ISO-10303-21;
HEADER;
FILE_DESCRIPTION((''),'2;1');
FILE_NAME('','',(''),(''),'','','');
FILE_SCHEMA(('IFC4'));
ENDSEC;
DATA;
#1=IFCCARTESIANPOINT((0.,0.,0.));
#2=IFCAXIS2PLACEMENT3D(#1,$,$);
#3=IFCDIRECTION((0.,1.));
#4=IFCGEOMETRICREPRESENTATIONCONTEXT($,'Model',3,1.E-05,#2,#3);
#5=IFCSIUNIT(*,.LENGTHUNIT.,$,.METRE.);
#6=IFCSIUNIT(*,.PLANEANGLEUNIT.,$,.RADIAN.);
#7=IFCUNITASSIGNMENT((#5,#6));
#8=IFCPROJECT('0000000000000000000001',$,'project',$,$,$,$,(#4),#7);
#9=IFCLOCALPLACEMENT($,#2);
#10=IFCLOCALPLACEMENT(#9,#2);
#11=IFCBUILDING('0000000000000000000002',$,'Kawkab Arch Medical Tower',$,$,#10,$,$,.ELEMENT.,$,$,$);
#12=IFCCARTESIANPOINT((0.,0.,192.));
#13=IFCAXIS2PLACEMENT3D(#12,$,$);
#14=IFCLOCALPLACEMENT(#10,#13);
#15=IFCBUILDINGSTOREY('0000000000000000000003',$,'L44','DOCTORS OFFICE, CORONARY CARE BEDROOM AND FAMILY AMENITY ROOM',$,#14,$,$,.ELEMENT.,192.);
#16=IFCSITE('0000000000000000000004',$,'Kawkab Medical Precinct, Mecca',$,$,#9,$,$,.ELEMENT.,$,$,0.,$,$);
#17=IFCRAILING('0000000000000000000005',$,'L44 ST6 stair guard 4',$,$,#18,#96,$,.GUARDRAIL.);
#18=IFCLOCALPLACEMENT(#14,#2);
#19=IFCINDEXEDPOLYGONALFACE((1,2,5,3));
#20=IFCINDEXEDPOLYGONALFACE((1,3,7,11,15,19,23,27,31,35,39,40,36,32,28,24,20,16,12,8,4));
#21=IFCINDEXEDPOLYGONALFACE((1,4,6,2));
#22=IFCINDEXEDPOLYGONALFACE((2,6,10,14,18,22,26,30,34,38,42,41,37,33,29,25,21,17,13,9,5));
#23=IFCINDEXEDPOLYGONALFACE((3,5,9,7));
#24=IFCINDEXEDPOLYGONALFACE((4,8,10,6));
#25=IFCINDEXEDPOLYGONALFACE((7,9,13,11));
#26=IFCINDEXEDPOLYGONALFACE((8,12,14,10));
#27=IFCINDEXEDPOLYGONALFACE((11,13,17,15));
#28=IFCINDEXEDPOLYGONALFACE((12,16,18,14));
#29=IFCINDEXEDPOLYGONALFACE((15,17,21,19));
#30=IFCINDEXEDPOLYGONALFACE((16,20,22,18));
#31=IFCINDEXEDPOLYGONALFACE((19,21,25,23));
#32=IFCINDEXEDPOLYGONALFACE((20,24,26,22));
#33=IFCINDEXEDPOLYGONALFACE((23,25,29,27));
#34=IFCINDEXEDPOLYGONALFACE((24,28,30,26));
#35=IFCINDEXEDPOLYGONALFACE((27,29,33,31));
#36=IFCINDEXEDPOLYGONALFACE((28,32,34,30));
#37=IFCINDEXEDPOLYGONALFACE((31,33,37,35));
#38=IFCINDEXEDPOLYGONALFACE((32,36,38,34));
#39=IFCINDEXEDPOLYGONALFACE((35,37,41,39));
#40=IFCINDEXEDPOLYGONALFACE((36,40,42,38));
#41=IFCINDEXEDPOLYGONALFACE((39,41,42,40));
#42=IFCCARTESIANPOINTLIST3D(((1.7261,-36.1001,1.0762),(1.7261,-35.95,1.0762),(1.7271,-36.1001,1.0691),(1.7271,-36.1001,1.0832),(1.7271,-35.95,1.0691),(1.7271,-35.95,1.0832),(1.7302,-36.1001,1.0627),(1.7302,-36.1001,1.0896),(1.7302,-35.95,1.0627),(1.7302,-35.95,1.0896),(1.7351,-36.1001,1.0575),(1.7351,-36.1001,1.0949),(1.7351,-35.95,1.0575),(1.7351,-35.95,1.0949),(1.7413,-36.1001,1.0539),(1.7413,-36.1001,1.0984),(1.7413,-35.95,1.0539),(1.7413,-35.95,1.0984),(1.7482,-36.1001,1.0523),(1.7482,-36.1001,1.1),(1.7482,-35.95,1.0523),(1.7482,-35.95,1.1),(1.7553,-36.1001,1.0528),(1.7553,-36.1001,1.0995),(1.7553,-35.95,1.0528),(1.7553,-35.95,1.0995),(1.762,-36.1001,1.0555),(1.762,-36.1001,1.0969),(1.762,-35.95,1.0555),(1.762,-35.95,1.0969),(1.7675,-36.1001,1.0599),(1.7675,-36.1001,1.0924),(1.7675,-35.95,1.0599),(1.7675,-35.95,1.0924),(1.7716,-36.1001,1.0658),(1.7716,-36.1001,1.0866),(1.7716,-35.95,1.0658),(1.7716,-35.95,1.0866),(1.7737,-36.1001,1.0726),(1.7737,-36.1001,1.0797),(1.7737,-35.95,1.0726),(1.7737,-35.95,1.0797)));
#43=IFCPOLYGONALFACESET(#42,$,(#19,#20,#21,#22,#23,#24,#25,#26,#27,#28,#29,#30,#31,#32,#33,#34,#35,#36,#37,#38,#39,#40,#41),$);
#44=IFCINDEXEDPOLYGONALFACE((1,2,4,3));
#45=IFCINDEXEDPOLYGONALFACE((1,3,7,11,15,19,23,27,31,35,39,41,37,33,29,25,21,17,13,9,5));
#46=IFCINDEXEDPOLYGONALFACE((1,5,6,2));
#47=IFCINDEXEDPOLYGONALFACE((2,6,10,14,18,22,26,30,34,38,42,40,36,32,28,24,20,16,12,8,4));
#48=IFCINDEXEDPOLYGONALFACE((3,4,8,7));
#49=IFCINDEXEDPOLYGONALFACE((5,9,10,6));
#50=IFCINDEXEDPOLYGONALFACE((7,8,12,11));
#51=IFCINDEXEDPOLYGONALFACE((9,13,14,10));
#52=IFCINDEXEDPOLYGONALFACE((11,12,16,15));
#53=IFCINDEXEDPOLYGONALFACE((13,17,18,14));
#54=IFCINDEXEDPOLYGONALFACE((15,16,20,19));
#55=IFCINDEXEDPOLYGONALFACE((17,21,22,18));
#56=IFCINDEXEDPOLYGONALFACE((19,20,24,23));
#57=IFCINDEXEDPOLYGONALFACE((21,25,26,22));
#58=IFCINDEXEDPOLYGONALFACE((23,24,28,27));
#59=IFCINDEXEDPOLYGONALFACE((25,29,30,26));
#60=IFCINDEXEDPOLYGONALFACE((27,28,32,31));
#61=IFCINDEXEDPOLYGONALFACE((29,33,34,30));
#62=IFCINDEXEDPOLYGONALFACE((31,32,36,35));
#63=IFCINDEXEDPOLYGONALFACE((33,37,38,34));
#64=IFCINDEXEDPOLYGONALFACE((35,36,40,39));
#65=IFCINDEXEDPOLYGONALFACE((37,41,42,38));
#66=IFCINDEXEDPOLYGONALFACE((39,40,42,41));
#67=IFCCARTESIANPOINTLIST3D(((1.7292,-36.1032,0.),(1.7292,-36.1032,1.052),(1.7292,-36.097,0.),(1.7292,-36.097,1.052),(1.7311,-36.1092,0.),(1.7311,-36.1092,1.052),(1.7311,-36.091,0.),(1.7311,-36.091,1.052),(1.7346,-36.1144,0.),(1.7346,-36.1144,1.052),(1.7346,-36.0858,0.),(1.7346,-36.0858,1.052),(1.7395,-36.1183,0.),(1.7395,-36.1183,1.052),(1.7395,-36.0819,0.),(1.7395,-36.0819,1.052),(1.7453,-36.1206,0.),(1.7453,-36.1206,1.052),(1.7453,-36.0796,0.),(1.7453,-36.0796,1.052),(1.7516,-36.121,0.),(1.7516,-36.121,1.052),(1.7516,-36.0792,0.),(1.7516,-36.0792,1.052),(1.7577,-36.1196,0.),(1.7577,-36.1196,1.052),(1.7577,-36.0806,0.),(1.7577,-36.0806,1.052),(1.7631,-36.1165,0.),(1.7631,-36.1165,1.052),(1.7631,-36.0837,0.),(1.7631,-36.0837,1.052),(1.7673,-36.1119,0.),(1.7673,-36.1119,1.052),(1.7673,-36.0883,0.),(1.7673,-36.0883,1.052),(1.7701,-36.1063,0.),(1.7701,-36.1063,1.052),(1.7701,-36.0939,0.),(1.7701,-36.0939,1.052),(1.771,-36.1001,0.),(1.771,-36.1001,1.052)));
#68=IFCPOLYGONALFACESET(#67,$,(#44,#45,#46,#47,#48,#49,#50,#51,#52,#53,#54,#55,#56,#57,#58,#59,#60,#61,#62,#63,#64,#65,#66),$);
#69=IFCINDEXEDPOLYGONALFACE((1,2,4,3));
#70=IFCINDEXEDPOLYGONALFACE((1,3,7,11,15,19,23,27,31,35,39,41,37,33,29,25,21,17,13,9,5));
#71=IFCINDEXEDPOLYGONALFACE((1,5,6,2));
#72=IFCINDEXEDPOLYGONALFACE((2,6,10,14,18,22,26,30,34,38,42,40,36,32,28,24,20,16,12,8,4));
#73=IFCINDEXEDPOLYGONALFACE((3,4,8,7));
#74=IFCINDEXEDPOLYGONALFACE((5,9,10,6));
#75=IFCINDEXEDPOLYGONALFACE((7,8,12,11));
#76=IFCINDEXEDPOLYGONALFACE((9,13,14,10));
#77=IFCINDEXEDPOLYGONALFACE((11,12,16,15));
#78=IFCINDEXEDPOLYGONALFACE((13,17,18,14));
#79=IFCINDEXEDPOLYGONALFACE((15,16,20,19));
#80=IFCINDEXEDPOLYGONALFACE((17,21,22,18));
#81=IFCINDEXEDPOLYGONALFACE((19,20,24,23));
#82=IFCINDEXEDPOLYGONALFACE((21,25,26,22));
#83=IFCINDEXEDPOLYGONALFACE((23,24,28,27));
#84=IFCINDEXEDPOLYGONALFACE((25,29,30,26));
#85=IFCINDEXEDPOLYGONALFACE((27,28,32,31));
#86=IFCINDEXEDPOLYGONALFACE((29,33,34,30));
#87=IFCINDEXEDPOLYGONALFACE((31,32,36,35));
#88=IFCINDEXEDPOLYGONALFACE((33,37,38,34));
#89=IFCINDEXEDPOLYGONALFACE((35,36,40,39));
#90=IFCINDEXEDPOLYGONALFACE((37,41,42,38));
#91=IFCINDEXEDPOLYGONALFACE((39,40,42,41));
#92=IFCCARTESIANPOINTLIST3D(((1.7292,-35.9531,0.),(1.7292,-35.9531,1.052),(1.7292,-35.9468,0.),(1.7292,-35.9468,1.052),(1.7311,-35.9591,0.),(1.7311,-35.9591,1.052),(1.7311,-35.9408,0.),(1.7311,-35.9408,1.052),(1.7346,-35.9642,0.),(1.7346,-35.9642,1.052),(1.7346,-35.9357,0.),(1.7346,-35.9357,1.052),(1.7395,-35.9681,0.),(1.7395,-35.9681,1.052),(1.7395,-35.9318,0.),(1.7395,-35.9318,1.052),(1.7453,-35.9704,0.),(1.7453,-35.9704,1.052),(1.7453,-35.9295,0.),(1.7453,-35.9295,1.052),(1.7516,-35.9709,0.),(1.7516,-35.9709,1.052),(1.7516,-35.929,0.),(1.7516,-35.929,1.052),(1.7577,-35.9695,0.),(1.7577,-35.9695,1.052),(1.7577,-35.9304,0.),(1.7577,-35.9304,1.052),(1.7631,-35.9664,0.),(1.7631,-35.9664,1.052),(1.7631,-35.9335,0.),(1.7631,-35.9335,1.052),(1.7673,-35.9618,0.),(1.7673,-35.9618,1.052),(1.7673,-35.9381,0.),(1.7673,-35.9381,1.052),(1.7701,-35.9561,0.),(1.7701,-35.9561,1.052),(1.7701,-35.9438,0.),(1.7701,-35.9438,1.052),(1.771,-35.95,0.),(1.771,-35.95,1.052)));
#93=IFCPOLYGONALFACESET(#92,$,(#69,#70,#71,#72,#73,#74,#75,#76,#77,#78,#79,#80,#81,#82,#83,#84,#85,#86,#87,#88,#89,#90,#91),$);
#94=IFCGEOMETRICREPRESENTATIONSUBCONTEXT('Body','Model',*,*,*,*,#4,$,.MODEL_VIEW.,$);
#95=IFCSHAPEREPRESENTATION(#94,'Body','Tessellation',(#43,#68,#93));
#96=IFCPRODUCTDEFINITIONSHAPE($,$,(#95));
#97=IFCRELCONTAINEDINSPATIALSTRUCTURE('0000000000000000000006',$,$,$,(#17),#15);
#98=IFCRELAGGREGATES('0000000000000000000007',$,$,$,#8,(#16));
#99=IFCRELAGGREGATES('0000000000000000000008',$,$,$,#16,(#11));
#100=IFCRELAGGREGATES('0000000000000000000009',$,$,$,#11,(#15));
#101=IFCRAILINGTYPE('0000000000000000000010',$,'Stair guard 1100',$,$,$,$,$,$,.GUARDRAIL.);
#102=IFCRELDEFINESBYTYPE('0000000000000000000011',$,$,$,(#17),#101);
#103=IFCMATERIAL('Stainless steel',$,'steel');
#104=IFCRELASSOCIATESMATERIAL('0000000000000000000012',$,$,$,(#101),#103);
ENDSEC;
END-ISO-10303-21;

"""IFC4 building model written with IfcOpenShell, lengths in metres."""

from ifc_helpers import new_model, si_unit, direction, frame, origin, origin_2d, place, context, subcontext, project, spatial, circle, extrude, material, type_object, element, save


model = new_model("IFC4")

# Units and contexts
model_context = context("Model", 3, precision=1e-05, world=origin(), true_north=direction((0.0, 1.0)))
body_context = subcontext(model_context, "Body", "Model", "MODEL_VIEW")
ifc_project = project(units=[si_unit("LENGTHUNIT", "METRE"), si_unit("PLANEANGLEUNIT", "RADIAN")], contexts=[model_context])

# Site, building, storey
site_placement = place(None, origin())
site = spatial("IfcSite", under=ifc_project, at=site_placement, Name="Kawkab Medical Precinct, Mecca", CompositionType="ELEMENT", RefElevation=0.0)
building_placement = place(site_placement, origin())
building = spatial("IfcBuilding", under=site, at=building_placement, Name="Kawkab Arch Medical Tower", CompositionType="ELEMENT")
storey_placement = place(building_placement, frame((0.0, 0.0, 192.0)))
storey = spatial("IfcBuildingStorey", under=building, at=storey_placement, Name="L44", Description="DOCTORS OFFICE, CORONARY CARE BEDROOM AND FAMILY AMENITY ROOM", CompositionType="ELEMENT", Elevation=192.0)

# Railing
ifc_material_1 = material(Name="Stainless steel", Category="steel")
railing_type = type_object("IfcRailingType", Name="Stair guard 1100", PredefinedType="GUARDRAIL", material=ifc_material_1)
railing_1_placement = place(storey_placement, frame((1.75, -36.1001, 0.0)))
element("IfcRailing", 1, at=railing_1_placement, inside=storey, type_object=railing_type, Name="L44 ST6 stair guard 4", PredefinedType="GUARDRAIL", context=body_context, shape_type="SweptSolid", body=[
    extrude(circle(Radius=0.0239, at=origin_2d()), frame((0.0, 0.0, 1.0762), z_axis=(0.0, 1.0, 0.0), x_axis=(-1.0, 0.0, 0.0)), (0.0, 0.0, 1.0), 0.1501),
    extrude(circle(Radius=0.021, at=origin_2d()), origin(), (0.0, 0.0, 1.0), 1.052),
    extrude(circle(Radius=0.021, at=origin_2d()), frame((0.0, 0.1501, 0.0)), (0.0, 0.0, 1.0), 1.052),
])

save(model, "model.ifc")
